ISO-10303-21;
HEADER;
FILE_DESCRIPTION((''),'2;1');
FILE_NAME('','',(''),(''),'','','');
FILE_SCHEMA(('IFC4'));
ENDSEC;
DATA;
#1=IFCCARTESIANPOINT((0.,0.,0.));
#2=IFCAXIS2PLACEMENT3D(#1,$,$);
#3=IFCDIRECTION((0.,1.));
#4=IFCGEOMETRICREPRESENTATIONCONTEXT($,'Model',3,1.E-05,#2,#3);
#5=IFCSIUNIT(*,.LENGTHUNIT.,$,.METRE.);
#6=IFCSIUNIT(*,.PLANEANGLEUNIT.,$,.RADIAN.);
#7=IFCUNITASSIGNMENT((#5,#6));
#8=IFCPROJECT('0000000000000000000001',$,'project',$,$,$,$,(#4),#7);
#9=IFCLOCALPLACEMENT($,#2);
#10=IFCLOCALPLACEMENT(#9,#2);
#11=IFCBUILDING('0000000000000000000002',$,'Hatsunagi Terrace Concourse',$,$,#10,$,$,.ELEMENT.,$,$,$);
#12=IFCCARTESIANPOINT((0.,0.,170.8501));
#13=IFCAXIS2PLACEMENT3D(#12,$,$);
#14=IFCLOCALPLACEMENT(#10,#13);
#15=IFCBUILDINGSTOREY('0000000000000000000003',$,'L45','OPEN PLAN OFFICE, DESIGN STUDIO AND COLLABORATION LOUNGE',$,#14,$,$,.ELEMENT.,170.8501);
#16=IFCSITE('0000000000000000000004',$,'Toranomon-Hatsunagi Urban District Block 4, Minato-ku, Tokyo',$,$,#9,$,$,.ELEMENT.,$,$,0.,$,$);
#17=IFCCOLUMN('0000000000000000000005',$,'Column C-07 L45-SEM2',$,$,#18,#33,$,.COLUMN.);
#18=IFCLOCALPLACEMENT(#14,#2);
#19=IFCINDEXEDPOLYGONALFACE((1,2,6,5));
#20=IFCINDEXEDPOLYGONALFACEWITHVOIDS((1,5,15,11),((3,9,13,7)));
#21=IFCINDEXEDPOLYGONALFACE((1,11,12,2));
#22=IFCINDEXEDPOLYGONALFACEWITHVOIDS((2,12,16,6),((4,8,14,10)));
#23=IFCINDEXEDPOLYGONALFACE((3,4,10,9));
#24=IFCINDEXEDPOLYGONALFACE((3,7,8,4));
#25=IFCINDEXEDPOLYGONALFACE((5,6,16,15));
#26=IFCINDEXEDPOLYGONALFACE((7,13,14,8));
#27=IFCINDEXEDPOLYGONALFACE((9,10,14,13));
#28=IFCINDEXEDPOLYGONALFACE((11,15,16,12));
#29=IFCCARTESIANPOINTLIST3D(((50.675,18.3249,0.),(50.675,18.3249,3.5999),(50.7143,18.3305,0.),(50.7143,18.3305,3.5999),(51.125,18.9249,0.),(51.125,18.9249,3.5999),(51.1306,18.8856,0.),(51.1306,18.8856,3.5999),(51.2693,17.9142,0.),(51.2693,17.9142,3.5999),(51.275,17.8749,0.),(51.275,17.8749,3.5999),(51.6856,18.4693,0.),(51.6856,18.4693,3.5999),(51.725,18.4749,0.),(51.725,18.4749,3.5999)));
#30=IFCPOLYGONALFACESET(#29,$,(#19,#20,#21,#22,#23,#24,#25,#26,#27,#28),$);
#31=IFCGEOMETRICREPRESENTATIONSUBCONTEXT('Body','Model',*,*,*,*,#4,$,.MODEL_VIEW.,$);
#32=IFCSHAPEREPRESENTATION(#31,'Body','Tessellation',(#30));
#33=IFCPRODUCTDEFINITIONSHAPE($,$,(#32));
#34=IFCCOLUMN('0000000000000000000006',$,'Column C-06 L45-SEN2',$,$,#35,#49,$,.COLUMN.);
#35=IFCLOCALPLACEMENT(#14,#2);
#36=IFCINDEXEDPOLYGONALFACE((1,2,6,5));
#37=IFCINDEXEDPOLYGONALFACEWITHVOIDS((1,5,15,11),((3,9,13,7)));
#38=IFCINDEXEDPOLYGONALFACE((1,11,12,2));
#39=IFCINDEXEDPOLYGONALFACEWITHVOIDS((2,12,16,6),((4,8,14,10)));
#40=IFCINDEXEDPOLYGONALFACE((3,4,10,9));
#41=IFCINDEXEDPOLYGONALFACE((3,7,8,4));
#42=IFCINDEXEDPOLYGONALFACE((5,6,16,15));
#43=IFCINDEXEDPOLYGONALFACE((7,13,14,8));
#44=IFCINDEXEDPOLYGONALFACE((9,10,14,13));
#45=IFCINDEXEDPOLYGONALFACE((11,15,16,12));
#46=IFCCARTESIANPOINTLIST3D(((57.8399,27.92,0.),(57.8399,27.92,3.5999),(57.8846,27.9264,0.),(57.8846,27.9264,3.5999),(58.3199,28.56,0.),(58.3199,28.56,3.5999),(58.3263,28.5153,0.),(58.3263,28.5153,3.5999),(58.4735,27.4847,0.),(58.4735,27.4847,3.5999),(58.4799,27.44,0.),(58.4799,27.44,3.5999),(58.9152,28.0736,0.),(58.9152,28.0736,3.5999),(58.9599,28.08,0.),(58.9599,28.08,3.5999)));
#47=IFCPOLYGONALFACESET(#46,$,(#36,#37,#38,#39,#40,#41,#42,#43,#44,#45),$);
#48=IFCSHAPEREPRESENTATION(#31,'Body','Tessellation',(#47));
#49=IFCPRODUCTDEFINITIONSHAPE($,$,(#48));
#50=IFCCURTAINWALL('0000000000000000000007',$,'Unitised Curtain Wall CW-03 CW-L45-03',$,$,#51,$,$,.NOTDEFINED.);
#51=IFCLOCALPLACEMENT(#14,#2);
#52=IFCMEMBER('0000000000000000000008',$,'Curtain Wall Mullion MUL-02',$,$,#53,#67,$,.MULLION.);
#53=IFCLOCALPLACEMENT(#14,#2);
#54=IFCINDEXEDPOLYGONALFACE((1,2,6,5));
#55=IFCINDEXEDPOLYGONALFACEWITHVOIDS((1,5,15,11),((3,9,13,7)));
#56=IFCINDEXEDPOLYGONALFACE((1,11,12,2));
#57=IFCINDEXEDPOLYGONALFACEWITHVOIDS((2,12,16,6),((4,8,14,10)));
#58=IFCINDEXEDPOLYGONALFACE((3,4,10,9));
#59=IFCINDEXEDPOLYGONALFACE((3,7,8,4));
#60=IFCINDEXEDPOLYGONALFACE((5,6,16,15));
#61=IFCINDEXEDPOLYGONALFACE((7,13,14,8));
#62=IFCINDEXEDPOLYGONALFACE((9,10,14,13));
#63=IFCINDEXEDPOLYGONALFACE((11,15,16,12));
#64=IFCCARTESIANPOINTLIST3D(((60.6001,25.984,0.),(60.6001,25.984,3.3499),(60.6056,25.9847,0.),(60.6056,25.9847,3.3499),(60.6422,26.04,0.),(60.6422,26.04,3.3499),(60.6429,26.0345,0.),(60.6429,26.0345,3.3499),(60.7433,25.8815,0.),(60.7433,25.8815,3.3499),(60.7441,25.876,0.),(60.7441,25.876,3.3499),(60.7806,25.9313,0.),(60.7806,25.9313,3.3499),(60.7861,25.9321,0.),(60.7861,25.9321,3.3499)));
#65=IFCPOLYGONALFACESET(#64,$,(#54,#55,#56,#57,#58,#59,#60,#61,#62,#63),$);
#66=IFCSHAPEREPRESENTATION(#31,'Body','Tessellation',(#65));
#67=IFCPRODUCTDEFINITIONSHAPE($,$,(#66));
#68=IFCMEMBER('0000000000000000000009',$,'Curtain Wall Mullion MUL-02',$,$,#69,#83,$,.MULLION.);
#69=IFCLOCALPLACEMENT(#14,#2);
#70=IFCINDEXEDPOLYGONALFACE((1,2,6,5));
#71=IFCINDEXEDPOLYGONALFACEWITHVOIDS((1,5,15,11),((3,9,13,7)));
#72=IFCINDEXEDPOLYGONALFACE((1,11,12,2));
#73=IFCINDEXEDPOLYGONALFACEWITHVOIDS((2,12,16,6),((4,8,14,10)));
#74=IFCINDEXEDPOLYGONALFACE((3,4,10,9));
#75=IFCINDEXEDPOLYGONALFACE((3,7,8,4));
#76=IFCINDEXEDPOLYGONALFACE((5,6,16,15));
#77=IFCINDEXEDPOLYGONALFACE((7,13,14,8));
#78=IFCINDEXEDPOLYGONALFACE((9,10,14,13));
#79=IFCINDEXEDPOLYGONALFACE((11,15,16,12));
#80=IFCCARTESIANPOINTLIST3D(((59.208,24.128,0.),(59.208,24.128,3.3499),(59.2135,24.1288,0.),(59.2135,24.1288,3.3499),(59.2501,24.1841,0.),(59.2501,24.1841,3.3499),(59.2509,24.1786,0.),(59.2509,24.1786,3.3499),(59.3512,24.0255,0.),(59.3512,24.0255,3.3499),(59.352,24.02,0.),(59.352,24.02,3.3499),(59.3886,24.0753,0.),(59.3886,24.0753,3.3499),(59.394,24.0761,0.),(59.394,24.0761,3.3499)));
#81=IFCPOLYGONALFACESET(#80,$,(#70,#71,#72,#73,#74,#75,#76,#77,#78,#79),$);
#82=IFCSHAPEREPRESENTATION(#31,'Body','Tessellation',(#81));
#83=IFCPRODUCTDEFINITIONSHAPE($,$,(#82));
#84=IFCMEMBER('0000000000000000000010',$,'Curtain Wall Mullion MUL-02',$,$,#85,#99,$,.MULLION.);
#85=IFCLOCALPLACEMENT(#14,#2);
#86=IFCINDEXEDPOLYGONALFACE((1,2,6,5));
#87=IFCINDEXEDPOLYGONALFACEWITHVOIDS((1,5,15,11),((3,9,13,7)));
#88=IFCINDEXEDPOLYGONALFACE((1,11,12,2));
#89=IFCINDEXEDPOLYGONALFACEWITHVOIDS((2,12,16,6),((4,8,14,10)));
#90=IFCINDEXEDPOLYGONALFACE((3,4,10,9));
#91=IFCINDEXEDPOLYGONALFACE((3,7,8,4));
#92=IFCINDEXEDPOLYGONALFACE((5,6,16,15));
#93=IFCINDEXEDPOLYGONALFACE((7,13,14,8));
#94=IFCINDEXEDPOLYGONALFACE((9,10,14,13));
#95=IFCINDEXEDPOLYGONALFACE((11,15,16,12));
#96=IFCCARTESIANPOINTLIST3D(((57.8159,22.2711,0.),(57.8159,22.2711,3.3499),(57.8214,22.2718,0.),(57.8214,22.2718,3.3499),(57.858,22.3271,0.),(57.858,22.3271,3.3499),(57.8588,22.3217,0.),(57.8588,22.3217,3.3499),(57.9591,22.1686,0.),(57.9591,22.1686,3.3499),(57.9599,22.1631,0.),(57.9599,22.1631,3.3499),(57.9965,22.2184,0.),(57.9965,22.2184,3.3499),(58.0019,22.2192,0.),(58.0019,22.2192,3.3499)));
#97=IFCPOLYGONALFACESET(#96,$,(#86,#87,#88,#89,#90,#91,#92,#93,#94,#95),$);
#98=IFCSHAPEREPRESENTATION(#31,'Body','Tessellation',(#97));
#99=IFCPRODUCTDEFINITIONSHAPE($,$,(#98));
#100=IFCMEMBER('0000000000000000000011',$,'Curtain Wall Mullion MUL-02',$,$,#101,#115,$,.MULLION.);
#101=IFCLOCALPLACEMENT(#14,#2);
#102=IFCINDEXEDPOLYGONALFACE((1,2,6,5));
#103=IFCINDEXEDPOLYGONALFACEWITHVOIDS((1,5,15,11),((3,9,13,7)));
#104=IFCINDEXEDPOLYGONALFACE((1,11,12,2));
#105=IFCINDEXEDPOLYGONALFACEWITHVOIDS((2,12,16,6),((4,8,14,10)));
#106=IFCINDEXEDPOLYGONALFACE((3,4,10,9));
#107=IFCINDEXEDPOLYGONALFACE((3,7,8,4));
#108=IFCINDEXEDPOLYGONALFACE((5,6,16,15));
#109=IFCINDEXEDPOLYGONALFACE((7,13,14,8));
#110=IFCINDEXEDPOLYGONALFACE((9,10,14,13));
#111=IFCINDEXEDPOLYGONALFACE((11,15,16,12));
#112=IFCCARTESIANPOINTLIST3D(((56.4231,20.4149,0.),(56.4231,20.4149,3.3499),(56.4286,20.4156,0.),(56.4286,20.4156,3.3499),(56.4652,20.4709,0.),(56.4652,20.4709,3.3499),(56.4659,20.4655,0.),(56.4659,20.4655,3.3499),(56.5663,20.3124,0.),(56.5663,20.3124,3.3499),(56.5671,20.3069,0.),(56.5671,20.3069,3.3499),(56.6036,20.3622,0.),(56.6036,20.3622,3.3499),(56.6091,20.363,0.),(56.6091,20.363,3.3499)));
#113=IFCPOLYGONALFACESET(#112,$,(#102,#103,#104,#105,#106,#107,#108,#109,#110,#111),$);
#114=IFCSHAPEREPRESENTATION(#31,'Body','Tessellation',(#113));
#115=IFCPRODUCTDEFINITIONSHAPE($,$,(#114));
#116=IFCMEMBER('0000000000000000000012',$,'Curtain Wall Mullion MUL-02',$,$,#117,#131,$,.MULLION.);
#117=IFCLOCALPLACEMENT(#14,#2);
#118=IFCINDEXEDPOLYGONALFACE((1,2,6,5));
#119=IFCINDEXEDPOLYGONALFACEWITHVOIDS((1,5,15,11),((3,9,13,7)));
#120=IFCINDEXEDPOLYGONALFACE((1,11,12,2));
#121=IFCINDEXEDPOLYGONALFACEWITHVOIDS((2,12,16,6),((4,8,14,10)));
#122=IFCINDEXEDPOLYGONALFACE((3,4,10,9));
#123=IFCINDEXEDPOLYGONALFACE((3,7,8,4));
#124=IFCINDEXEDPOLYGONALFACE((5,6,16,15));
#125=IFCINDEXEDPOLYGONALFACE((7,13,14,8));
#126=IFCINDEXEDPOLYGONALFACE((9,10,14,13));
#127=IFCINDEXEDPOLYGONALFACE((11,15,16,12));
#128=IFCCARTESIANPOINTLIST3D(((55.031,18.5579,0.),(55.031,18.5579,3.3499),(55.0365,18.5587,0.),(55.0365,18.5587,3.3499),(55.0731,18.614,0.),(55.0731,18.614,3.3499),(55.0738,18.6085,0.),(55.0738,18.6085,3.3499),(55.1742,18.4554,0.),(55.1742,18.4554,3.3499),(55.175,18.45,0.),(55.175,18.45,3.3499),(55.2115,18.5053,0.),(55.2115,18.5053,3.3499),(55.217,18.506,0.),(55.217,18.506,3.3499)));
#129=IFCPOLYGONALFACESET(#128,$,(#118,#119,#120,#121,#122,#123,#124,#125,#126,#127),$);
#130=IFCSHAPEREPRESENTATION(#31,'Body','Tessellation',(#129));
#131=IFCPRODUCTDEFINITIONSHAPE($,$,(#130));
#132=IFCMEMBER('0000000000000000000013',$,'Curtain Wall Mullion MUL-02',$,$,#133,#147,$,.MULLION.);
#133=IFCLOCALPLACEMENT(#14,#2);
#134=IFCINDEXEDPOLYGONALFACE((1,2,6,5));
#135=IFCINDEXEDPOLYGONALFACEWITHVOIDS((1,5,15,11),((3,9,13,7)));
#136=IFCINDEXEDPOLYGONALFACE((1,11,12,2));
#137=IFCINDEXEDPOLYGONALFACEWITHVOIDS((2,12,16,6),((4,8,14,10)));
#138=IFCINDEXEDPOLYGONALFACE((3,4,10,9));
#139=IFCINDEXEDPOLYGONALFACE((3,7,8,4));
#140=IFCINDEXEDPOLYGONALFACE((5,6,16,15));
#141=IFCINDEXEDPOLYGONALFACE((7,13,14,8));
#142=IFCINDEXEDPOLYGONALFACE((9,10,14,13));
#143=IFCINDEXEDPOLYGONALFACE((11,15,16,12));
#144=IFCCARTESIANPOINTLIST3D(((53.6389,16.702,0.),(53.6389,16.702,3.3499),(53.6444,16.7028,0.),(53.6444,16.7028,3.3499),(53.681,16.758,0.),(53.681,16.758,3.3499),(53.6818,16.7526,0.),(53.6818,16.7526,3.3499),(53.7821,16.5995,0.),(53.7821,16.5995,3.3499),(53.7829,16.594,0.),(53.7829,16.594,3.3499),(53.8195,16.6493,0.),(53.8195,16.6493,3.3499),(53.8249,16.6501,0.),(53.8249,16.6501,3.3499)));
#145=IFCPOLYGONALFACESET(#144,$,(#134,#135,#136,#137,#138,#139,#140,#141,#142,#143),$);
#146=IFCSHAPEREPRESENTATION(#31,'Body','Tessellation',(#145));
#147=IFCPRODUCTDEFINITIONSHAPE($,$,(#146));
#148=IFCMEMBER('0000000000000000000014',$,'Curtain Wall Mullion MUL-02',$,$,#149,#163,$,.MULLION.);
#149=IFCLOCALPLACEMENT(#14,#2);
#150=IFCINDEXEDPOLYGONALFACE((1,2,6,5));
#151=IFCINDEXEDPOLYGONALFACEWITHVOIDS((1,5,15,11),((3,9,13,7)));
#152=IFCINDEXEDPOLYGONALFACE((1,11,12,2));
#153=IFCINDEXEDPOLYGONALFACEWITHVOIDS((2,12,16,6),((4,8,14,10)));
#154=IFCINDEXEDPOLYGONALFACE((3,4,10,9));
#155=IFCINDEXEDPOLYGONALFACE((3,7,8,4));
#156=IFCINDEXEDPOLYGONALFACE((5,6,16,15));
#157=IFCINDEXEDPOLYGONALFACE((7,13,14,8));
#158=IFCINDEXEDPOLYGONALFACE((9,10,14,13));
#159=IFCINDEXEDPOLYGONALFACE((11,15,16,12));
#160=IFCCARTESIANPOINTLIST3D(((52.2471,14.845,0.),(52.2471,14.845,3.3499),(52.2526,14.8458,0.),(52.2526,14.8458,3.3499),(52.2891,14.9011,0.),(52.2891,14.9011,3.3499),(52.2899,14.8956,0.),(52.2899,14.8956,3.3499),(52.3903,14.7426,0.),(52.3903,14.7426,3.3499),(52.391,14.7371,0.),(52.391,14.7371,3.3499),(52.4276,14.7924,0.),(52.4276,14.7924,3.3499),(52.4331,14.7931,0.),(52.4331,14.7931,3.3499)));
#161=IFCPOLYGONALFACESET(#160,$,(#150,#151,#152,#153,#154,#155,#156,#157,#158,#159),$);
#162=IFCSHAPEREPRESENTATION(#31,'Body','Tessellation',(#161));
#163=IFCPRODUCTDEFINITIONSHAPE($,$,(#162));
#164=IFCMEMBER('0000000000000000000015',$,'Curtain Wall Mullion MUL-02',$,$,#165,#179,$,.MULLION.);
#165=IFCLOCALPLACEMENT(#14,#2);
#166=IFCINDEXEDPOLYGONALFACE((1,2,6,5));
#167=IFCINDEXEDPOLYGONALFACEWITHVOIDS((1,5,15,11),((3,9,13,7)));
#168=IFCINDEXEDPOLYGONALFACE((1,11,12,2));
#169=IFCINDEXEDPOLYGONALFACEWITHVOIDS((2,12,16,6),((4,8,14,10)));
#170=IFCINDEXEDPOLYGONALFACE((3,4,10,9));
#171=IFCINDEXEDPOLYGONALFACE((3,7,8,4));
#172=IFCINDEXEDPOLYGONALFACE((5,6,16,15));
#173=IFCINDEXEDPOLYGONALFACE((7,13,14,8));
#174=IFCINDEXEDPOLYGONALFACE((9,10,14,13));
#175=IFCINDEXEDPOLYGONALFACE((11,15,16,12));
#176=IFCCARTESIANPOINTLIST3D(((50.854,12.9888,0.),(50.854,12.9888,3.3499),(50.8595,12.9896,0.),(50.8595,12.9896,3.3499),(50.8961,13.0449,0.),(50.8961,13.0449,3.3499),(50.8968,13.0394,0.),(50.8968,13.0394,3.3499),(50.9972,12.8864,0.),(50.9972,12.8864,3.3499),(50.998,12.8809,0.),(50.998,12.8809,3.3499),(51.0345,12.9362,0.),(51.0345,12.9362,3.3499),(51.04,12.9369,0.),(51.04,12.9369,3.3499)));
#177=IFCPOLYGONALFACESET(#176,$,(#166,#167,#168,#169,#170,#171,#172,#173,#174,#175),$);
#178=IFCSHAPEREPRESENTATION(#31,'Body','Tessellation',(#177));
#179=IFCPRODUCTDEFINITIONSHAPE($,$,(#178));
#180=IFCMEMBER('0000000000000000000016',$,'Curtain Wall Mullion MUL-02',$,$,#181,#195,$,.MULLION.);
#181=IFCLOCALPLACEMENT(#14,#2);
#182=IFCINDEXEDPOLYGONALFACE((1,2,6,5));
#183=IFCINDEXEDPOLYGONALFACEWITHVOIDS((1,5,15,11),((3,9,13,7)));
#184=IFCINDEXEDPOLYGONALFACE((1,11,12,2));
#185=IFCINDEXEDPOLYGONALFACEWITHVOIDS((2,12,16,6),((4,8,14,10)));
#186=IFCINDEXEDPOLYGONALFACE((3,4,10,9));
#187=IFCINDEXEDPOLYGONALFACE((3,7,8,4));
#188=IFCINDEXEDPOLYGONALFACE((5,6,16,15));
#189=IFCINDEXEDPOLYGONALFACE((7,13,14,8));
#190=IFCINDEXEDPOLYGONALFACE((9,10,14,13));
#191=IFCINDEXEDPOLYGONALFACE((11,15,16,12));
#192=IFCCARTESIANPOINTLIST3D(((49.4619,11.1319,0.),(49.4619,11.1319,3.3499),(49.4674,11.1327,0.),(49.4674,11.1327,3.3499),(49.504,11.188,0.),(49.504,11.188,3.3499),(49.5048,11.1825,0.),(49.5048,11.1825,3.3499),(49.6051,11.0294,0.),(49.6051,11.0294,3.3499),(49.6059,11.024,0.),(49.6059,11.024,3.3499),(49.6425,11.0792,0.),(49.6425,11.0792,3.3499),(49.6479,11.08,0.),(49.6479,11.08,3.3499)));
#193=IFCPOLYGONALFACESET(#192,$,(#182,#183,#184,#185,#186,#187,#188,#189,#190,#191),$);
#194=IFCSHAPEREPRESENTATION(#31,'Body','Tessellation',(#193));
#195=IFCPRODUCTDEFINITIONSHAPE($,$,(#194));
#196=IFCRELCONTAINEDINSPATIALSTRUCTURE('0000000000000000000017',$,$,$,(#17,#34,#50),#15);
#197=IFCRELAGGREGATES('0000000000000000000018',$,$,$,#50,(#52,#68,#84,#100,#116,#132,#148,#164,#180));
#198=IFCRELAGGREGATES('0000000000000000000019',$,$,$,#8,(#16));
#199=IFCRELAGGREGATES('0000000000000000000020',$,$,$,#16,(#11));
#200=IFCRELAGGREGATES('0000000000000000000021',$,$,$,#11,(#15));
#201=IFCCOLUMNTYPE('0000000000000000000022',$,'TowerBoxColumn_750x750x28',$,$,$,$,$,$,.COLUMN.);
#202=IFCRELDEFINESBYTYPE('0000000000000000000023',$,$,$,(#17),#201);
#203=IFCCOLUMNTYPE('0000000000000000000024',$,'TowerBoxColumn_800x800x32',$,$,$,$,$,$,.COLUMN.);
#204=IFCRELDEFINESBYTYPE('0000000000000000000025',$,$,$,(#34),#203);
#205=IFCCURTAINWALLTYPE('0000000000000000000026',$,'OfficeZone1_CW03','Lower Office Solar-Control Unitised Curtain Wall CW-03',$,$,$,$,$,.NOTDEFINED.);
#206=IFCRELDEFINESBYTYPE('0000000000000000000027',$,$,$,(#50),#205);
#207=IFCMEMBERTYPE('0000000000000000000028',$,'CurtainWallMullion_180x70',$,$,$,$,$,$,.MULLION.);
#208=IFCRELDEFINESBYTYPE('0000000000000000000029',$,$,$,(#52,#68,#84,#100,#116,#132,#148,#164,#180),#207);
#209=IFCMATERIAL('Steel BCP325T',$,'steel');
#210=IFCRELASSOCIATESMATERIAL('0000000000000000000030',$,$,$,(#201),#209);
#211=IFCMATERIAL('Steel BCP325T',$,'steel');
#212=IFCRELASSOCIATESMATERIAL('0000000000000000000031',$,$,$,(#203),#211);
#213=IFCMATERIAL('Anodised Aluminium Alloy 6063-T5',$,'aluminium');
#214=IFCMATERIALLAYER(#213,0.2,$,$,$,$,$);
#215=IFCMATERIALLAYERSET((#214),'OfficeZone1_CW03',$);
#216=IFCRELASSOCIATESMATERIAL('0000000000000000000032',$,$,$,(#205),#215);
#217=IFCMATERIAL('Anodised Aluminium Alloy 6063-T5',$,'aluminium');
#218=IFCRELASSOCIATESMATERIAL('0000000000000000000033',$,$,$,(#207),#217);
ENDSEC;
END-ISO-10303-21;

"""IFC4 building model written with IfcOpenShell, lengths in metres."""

from ifc_helpers import new_model, si_unit, direction, frame, origin, origin_2d, place, context, subcontext, project, spatial, hollow_rectangle, extrude, material, layer, layer_set, material_profile, profile_set, type_object, element, aggregate, save


model = new_model("IFC4")

# Units and contexts
model_context = context("Model", 3, precision=1e-05, world=origin(), true_north=direction((0.0, 1.0)))
body_context = subcontext(model_context, "Body", "Model", "MODEL_VIEW")
ifc_project = project(units=[si_unit("LENGTHUNIT", "METRE"), si_unit("PLANEANGLEUNIT", "RADIAN")], contexts=[model_context])

# Site, building, storey
site_placement = place(None, origin())
site = spatial("IfcSite", under=ifc_project, at=site_placement, Name="Toranomon-Hatsunagi Urban District Block 4, Minato-ku, Tokyo", CompositionType="ELEMENT", RefElevation=0.0)
building_placement = place(site_placement, origin())
building = spatial("IfcBuilding", under=site, at=building_placement, Name="Hatsunagi Terrace Concourse", CompositionType="ELEMENT")
storey_placement = place(building_placement, frame((0.0, 0.0, 170.8501)))
storey = spatial("IfcBuildingStorey", under=building, at=storey_placement, Name="L45", Description="OPEN PLAN OFFICE, DESIGN STUDIO AND COLLABORATION LOUNGE", CompositionType="ELEMENT", Elevation=170.8501)

# Columns
ifc_material_1 = material(Name="Steel BCP325T", Category="steel")
ifc_material_profile_1 = material_profile(ifc_material_1, hollow_rectangle(XDim=0.75, YDim=0.75, WallThickness=0.0281, at=origin_2d()), Name="BCP-750x750x28")
ifc_profile_set_1 = profile_set([ifc_material_profile_1], Name="Steel BCP325T")
column_type_1 = type_object("IfcColumnType", Name="TowerBoxColumn_750x750x28", PredefinedType="COLUMN", material=ifc_profile_set_1)
column_1_placement = place(storey_placement, frame((51.2, 18.3999, 0.0), z_axis=(0.0, 0.0, 1.0), x_axis=(0.8, -0.6, 0.0)))
element("IfcColumn", 1, at=column_1_placement, inside=storey, type_object=column_type_1, Name="Column C-07 L45-SEM2", PredefinedType="COLUMN", context=body_context, shape_type="SweptSolid", body=[
    extrude(hollow_rectangle(XDim=0.75, YDim=0.75, WallThickness=0.0281, at=origin_2d()), origin(), (0.0, 0.0, 1.0), 3.5999),
])
ifc_material_2 = material(Name="Steel BCP325T", Category="steel")
ifc_material_profile_2 = material_profile(ifc_material_2, hollow_rectangle(XDim=0.8, YDim=0.8, WallThickness=0.032, at=origin_2d()), Name="BCP-800x800x32")
ifc_profile_set_2 = profile_set([ifc_material_profile_2], Name="Steel BCP325T")
column_type_2 = type_object("IfcColumnType", Name="TowerBoxColumn_800x800x32", PredefinedType="COLUMN", material=ifc_profile_set_2)
column_2_placement = place(storey_placement, frame((58.3999, 28.0, 0.0), z_axis=(0.0, 0.0, 1.0), x_axis=(0.8, -0.6, 0.0)))
element("IfcColumn", 2, at=column_2_placement, inside=storey, type_object=column_type_2, Name="Column C-06 L45-SEN2", PredefinedType="COLUMN", context=body_context, shape_type="SweptSolid", body=[
    extrude(hollow_rectangle(XDim=0.8, YDim=0.8, WallThickness=0.032, at=origin_2d()), origin(), (0.0, 0.0, 1.0), 3.5999),
])

# Curtain wall, members
ifc_material_3 = material(Name="Anodised Aluminium Alloy 6063-T5", Category="aluminium")
ifc_layer_1 = layer(ifc_material_3, 0.2)
ifc_layer_set_1 = layer_set([ifc_layer_1], Name="OfficeZone1_CW03")
curtain_wall_type = type_object("IfcCurtainWallType", Name="OfficeZone1_CW03", Description="Lower Office Solar-Control Unitised Curtain Wall CW-03", PredefinedType="NOTDEFINED", material=ifc_layer_set_1)
curtain_wall_placement = place(storey_placement, origin())
curtain_wall = element("IfcCurtainWall", 3, at=curtain_wall_placement, inside=storey, type_object=curtain_wall_type, Name="Unitised Curtain Wall CW-03 CW-L45-03", PredefinedType="NOTDEFINED")
ifc_material_4 = material(Name="Anodised Aluminium Alloy 6063-T5", Category="aluminium")
ifc_material_profile_3 = material_profile(ifc_material_4, hollow_rectangle(XDim=0.0701, YDim=0.1799, WallThickness=0.0039, at=origin_2d()), Name="ALU-MUL-180x70x4")
ifc_profile_set_3 = profile_set([ifc_material_profile_3], Name="Anodised Aluminium Alloy 6063-T5")
member_type_1 = type_object("IfcMemberType", Name="CurtainWallMullion_180x70", PredefinedType="MULLION", material=ifc_profile_set_3)
member_1_placement = place(storey_placement, frame((60.6931, 25.958, 0.0), z_axis=(0.0, 0.0, 1.0), x_axis=(-0.599969, -0.800023, 0.0)))
member_1 = element("IfcMember", 4, at=member_1_placement, type_object=member_type_1, Name="Curtain Wall Mullion MUL-02", PredefinedType="MULLION", context=body_context, shape_type="SweptSolid", body=[
    extrude(hollow_rectangle(XDim=0.0701, YDim=0.1799, WallThickness=0.0039, at=origin_2d()), origin(), (0.0, 0.0, 1.0), 3.3499),
])
member_2_placement = place(storey_placement, frame((59.301, 24.1021, 0.0), z_axis=(0.0, 0.0, 1.0), x_axis=(-0.599969, -0.800023, 0.0)))
member_2 = element("IfcMember", 5, at=member_2_placement, type_object=member_type_1, Name="Curtain Wall Mullion MUL-02", PredefinedType="MULLION", context=body_context, shape_type="SweptSolid", body=[
    extrude(hollow_rectangle(XDim=0.0701, YDim=0.1799, WallThickness=0.0039, at=origin_2d()), origin(), (0.0, 0.0, 1.0), 3.3499),
])
member_3_placement = place(storey_placement, frame((57.9089, 22.2451, 0.0), z_axis=(0.0, 0.0, 1.0), x_axis=(-0.599969, -0.800023, 0.0)))
member_3 = element("IfcMember", 6, at=member_3_placement, type_object=member_type_1, Name="Curtain Wall Mullion MUL-02", PredefinedType="MULLION", context=body_context, shape_type="SweptSolid", body=[
    extrude(hollow_rectangle(XDim=0.0701, YDim=0.1799, WallThickness=0.0039, at=origin_2d()), origin(), (0.0, 0.0, 1.0), 3.3499),
])
member_4_placement = place(storey_placement, frame((56.5161, 20.3889, 0.0), z_axis=(0.0, 0.0, 1.0), x_axis=(-0.599969, -0.800023, 0.0)))
member_4 = element("IfcMember", 7, at=member_4_placement, type_object=member_type_1, Name="Curtain Wall Mullion MUL-02", PredefinedType="MULLION", context=body_context, shape_type="SweptSolid", body=[
    extrude(hollow_rectangle(XDim=0.0701, YDim=0.1799, WallThickness=0.0039, at=origin_2d()), origin(), (0.0, 0.0, 1.0), 3.3499),
])
member_5_placement = place(storey_placement, frame((55.124, 18.532, 0.0), z_axis=(0.0, 0.0, 1.0), x_axis=(-0.599969, -0.800023, 0.0)))
member_5 = element("IfcMember", 8, at=member_5_placement, type_object=member_type_1, Name="Curtain Wall Mullion MUL-02", PredefinedType="MULLION", context=body_context, shape_type="SweptSolid", body=[
    extrude(hollow_rectangle(XDim=0.0701, YDim=0.1799, WallThickness=0.0039, at=origin_2d()), origin(), (0.0, 0.0, 1.0), 3.3499),
])
member_6_placement = place(storey_placement, frame((53.7319, 16.676, 0.0), z_axis=(0.0, 0.0, 1.0), x_axis=(-0.599969, -0.800023, 0.0)))
member_6 = element("IfcMember", 9, at=member_6_placement, type_object=member_type_1, Name="Curtain Wall Mullion MUL-02", PredefinedType="MULLION", context=body_context, shape_type="SweptSolid", body=[
    extrude(hollow_rectangle(XDim=0.0701, YDim=0.1799, WallThickness=0.0039, at=origin_2d()), origin(), (0.0, 0.0, 1.0), 3.3499),
])
member_7_placement = place(storey_placement, frame((52.3401, 14.8191, 0.0), z_axis=(0.0, 0.0, 1.0), x_axis=(-0.599969, -0.800023, 0.0)))
member_7 = element("IfcMember", 10, at=member_7_placement, type_object=member_type_1, Name="Curtain Wall Mullion MUL-02", PredefinedType="MULLION", context=body_context, shape_type="SweptSolid", body=[
    extrude(hollow_rectangle(XDim=0.0701, YDim=0.1799, WallThickness=0.0039, at=origin_2d()), origin(), (0.0, 0.0, 1.0), 3.3499),
])
member_8_placement = place(storey_placement, frame((50.947, 12.9629, 0.0), z_axis=(0.0, 0.0, 1.0), x_axis=(-0.599969, -0.800023, 0.0)))
member_8 = element("IfcMember", 11, at=member_8_placement, type_object=member_type_1, Name="Curtain Wall Mullion MUL-02", PredefinedType="MULLION", context=body_context, shape_type="SweptSolid", body=[
    extrude(hollow_rectangle(XDim=0.0701, YDim=0.1799, WallThickness=0.0039, at=origin_2d()), origin(), (0.0, 0.0, 1.0), 3.3499),
])
member_9_placement = place(storey_placement, frame((49.5549, 11.106, 0.0), z_axis=(0.0, 0.0, 1.0), x_axis=(-0.599969, -0.800023, 0.0)))
member_9 = element("IfcMember", 12, at=member_9_placement, type_object=member_type_1, Name="Curtain Wall Mullion MUL-02", PredefinedType="MULLION", context=body_context, shape_type="SweptSolid", body=[
    extrude(hollow_rectangle(XDim=0.0701, YDim=0.1799, WallThickness=0.0039, at=origin_2d()), origin(), (0.0, 0.0, 1.0), 3.3499),
])

aggregate(curtain_wall, [member_1, member_2, member_3, member_4, member_5, member_6, member_7, member_8, member_9])

save(model, "model.ifc")
